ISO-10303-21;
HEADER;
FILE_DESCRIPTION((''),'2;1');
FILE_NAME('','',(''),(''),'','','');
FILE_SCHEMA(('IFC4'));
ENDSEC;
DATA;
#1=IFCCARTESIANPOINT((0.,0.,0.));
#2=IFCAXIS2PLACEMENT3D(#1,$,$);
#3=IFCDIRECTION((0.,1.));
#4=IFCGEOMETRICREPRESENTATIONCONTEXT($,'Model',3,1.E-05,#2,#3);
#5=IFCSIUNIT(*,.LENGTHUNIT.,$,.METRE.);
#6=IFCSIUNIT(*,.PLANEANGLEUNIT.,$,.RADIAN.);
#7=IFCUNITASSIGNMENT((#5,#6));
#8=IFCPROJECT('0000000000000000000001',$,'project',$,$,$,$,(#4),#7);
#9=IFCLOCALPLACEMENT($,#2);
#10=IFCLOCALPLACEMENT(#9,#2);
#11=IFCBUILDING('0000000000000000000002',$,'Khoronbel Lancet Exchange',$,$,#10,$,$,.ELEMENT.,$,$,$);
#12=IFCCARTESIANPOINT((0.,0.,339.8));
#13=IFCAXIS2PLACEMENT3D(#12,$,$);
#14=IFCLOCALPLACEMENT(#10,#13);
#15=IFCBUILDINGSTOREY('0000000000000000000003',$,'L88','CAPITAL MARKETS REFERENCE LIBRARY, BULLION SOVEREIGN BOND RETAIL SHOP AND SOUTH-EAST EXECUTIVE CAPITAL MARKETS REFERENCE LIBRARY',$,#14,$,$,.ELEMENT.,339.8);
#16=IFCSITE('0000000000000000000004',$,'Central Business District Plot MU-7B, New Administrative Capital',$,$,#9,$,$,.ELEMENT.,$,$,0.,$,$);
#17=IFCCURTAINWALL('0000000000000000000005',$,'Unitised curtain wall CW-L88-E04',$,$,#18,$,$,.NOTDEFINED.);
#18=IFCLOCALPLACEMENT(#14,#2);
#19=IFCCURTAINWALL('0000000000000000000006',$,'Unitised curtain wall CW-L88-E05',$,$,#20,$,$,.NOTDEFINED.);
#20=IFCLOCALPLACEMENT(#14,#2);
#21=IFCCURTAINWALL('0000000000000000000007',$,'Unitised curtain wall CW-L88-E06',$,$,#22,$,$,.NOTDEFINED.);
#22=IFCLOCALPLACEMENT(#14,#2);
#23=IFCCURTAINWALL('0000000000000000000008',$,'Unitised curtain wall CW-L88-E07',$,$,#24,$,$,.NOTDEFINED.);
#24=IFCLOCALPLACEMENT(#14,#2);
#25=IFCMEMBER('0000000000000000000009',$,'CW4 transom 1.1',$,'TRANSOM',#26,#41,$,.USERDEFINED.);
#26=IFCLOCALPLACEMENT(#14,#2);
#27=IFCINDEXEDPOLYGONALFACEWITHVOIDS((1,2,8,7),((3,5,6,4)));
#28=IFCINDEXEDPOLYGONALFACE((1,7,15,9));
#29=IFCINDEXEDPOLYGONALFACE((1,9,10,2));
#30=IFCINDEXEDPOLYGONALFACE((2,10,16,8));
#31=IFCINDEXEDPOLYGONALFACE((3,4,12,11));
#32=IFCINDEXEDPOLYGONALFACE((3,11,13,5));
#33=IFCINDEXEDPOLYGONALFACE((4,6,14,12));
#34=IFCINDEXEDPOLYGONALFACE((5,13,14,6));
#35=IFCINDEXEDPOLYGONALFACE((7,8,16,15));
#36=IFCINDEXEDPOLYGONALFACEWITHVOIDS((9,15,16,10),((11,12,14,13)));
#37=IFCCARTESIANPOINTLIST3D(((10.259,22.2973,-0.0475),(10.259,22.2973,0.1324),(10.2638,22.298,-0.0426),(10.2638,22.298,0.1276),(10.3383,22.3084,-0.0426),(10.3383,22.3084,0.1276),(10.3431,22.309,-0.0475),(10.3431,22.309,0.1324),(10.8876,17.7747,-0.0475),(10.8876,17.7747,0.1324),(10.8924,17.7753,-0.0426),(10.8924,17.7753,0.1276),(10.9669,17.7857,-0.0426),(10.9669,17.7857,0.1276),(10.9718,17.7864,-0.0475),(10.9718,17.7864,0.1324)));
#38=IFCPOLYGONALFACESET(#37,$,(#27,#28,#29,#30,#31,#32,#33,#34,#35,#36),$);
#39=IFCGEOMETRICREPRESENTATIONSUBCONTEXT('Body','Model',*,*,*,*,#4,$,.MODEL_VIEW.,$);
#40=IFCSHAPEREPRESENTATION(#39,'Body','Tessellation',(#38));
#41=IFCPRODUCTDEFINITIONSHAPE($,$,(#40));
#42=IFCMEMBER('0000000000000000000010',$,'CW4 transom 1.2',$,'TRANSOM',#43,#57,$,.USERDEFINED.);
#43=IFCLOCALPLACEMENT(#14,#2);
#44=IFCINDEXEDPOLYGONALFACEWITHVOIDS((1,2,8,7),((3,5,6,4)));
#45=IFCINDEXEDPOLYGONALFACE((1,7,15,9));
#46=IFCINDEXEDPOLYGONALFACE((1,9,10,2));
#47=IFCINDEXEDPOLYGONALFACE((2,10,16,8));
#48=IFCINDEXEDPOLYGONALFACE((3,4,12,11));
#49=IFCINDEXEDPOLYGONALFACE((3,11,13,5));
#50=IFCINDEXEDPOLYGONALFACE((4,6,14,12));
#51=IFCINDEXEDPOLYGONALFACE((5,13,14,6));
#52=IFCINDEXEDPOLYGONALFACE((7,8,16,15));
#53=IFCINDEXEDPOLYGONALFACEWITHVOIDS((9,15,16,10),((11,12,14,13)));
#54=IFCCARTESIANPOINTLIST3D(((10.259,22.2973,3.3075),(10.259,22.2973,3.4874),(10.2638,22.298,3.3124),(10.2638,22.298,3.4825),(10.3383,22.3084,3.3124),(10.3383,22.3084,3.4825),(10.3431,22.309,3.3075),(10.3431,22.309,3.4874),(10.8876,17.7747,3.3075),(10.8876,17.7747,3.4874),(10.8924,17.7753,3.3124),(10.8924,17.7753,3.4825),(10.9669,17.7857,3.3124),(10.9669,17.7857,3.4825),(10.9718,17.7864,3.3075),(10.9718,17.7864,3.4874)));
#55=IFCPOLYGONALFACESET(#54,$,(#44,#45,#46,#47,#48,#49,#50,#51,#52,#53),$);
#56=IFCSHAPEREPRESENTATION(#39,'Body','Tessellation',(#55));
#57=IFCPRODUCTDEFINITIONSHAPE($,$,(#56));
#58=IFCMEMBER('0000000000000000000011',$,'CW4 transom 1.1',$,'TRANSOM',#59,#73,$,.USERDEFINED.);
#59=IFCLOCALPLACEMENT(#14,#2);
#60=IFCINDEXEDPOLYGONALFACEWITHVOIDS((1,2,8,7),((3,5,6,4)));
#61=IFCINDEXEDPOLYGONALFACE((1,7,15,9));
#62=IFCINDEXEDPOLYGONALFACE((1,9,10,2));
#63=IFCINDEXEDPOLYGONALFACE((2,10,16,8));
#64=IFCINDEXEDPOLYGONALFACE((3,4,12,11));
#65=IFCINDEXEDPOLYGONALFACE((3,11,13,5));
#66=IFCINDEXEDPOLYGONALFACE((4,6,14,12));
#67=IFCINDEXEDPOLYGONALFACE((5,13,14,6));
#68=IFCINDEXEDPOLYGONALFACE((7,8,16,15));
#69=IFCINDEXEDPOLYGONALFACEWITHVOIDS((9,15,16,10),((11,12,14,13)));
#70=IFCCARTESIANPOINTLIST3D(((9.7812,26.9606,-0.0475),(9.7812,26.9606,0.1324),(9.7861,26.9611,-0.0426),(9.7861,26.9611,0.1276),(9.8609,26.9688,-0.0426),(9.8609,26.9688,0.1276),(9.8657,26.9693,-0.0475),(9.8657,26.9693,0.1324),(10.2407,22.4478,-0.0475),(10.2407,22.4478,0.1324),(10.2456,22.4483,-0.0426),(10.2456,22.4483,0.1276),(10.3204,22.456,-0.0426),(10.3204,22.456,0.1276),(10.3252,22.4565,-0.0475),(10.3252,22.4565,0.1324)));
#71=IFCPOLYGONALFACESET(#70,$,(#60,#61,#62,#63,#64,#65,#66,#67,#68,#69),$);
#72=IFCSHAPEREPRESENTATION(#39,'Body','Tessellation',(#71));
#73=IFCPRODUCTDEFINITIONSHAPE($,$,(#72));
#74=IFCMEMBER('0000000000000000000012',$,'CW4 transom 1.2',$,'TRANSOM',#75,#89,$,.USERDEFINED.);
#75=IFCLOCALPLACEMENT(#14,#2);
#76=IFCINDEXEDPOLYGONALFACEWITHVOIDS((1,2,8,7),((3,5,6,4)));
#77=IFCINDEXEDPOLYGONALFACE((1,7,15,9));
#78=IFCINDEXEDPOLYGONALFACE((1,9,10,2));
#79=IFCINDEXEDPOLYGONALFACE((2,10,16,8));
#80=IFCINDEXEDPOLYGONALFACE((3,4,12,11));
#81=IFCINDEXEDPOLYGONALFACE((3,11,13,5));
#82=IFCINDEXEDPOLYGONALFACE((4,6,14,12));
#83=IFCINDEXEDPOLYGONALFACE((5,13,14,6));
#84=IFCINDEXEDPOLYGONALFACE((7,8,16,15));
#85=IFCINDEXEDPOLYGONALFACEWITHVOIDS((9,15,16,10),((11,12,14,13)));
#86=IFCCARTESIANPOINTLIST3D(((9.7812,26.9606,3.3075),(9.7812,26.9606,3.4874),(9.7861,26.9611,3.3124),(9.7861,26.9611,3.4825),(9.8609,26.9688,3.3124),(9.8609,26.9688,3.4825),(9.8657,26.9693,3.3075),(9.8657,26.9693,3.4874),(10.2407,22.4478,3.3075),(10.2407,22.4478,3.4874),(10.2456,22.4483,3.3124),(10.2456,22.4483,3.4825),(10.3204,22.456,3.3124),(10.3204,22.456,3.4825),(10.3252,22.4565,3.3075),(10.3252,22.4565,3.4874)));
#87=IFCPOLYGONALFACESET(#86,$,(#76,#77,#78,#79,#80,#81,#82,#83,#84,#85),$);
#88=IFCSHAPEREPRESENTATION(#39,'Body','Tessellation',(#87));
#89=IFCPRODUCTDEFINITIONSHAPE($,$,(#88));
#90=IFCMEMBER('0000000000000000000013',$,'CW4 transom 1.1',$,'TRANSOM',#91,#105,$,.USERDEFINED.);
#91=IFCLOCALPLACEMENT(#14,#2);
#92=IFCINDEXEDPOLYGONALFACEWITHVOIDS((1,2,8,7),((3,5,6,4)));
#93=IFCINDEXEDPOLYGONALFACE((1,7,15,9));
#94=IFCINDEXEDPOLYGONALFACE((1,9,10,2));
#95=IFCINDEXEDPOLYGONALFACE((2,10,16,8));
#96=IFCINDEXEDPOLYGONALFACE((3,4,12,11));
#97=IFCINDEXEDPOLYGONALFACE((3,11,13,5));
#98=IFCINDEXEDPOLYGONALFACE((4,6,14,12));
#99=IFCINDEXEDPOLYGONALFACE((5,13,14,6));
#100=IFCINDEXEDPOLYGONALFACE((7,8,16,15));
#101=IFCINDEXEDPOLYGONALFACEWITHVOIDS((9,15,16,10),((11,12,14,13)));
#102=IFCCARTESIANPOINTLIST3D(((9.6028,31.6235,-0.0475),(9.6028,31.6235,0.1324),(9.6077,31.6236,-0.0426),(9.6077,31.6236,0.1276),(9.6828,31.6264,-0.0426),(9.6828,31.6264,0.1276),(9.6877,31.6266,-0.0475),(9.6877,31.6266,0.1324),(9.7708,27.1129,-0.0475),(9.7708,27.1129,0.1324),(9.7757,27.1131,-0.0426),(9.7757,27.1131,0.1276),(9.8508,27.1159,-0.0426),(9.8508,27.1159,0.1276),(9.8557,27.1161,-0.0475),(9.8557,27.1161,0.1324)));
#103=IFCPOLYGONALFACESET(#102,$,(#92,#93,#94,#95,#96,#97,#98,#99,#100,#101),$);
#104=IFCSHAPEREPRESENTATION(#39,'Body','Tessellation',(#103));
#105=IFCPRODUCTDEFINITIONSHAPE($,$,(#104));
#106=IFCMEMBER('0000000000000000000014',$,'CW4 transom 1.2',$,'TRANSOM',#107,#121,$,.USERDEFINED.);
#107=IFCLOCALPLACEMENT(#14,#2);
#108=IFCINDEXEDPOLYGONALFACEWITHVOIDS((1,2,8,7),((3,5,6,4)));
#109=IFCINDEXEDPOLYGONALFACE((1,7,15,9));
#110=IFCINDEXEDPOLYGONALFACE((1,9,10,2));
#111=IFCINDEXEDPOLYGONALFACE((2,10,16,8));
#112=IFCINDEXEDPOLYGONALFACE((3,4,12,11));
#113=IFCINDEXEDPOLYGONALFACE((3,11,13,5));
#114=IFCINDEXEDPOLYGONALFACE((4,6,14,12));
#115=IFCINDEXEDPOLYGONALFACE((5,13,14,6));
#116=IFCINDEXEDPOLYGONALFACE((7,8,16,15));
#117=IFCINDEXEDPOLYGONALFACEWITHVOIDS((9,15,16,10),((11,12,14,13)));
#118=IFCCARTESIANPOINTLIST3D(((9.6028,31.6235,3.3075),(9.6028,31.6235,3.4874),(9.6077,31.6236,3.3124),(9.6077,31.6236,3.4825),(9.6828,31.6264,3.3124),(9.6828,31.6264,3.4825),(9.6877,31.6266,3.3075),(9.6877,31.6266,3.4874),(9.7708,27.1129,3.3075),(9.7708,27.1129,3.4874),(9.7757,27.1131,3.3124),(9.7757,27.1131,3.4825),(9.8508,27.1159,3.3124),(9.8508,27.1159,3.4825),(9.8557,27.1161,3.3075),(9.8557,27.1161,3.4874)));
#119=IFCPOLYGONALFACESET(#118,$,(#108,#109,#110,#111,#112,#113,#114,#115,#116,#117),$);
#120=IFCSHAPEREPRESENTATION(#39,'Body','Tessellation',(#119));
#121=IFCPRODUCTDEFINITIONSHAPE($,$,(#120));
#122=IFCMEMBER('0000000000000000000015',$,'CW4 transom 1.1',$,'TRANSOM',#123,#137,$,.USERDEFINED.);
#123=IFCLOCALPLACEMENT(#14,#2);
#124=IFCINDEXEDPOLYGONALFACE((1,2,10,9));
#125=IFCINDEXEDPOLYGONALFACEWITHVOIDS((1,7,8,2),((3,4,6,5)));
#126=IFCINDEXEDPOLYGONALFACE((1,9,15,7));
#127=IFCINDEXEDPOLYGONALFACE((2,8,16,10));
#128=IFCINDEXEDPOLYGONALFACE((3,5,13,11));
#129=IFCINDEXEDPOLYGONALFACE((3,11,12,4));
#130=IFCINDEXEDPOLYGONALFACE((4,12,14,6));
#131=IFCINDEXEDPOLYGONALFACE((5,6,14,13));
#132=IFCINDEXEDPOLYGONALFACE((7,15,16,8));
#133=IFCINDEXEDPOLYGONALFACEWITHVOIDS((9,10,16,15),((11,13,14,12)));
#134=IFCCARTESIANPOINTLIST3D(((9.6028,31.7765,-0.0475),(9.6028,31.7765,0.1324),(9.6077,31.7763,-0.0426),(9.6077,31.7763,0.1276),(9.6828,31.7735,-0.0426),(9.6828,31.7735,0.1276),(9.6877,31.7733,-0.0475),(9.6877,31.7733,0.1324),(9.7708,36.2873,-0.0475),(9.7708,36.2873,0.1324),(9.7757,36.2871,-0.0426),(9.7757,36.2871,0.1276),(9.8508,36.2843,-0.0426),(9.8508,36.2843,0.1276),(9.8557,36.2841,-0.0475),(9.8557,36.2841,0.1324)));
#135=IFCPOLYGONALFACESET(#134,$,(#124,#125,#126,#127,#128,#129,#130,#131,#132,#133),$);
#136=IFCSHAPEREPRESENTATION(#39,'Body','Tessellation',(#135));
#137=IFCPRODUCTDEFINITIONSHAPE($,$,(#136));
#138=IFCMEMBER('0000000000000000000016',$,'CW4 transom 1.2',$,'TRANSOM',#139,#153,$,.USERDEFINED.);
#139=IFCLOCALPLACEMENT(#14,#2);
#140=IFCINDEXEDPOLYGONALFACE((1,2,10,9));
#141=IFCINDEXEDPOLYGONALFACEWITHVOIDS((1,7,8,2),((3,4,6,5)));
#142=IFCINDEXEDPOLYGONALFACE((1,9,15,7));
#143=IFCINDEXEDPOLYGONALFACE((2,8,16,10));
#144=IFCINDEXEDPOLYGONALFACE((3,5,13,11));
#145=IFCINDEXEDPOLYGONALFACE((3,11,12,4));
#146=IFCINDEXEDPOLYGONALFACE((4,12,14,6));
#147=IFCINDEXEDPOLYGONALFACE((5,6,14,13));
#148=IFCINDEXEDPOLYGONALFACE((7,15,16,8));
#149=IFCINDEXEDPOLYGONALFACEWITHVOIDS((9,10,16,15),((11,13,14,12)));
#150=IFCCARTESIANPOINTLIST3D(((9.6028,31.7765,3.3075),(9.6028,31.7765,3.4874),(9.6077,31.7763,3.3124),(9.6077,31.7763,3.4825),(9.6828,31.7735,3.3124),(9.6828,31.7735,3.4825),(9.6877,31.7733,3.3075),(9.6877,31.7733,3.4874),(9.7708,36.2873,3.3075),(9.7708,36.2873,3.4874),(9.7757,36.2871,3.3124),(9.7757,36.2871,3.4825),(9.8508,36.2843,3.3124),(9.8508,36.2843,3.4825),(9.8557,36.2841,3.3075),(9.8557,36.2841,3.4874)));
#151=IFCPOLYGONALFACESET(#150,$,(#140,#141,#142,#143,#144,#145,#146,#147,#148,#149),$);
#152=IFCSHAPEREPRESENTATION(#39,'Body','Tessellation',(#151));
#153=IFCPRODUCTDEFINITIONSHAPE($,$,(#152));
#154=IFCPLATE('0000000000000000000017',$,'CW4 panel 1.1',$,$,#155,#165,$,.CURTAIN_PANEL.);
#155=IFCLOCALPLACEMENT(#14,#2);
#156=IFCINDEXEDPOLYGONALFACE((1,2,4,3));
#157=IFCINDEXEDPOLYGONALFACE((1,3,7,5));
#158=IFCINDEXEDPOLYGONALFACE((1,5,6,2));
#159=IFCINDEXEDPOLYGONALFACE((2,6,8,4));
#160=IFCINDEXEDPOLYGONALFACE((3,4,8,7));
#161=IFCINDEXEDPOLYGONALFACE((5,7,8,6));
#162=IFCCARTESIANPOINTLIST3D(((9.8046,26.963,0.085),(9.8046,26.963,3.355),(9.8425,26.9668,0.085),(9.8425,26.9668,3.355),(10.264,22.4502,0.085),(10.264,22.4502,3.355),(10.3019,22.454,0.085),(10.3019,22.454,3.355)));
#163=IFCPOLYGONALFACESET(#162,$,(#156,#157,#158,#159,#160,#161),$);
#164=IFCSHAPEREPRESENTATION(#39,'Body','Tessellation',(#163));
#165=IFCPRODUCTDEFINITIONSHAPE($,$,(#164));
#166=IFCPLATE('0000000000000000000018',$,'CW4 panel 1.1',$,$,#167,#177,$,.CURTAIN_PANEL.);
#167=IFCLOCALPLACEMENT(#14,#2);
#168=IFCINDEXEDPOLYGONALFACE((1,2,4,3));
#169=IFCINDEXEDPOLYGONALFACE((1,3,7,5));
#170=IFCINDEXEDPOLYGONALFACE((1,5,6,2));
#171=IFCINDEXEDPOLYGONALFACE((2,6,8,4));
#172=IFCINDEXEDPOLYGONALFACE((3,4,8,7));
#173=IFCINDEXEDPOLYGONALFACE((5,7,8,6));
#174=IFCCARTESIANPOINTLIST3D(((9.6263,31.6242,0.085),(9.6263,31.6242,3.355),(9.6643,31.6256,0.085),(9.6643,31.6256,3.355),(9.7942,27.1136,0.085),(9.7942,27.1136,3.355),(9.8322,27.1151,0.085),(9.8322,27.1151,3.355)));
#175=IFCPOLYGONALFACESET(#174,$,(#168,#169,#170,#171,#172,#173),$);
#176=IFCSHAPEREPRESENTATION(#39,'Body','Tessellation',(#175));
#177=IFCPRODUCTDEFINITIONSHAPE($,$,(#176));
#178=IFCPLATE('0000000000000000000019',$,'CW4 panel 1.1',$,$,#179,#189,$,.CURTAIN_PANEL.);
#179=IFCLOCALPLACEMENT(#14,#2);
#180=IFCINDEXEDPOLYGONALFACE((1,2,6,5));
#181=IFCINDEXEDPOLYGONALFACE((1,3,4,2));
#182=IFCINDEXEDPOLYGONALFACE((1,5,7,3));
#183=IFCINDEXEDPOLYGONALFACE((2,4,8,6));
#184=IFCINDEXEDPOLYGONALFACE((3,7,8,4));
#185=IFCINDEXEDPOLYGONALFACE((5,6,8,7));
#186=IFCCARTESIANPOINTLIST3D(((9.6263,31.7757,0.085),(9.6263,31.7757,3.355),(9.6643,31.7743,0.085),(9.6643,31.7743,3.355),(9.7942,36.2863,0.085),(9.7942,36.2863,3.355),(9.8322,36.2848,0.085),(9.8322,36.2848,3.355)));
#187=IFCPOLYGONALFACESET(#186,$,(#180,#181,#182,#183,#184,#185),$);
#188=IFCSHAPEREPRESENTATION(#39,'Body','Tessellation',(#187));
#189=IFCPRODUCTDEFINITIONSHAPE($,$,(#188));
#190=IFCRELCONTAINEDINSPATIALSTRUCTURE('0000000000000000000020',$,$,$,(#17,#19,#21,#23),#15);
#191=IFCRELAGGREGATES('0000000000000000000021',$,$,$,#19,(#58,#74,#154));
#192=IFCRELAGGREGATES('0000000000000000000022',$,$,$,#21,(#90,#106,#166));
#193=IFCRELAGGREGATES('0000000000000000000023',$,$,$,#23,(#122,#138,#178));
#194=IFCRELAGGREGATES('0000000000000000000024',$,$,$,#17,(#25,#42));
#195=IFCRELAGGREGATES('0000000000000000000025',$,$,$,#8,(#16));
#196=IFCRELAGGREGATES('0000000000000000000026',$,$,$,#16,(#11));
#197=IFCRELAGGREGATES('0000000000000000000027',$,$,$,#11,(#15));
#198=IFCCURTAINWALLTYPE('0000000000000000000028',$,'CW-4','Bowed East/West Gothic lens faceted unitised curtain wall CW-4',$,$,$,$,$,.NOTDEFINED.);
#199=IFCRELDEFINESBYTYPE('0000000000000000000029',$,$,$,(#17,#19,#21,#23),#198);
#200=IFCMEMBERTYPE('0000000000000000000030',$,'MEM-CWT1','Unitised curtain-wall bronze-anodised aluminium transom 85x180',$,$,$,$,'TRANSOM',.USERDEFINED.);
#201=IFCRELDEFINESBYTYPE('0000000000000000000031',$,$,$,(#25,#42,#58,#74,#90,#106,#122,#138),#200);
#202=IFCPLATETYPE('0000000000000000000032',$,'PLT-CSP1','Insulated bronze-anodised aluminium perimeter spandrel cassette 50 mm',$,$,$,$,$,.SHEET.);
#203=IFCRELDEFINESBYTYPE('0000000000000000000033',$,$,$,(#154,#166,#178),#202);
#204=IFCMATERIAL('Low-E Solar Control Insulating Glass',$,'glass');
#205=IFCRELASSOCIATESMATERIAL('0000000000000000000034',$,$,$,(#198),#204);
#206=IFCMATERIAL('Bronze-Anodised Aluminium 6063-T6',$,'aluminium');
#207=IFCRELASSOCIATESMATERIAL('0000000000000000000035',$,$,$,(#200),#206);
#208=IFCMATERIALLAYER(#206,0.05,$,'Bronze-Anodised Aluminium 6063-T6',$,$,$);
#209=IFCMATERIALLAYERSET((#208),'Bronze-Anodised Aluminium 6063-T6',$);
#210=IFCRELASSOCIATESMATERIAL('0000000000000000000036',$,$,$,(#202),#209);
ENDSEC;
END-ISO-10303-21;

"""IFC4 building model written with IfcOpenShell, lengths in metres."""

from ifc_helpers import new_model, si_unit, direction, frame, origin, origin_2d, place, context, subcontext, project, spatial, rectangle, hollow_rectangle, extrude, material, layer, layer_set, material_profile, profile_set, type_object, element, aggregate, save


model = new_model("IFC4")

# Units and contexts
model_context = context("Model", 3, precision=1e-05, world=origin(), true_north=direction((0.0, 1.0)))
body_context = subcontext(model_context, "Body", "Model", "MODEL_VIEW")
ifc_project = project(units=[si_unit("LENGTHUNIT", "METRE"), si_unit("PLANEANGLEUNIT", "RADIAN")], contexts=[model_context])

# Site, building, storey
site_placement = place(None, origin())
site = spatial("IfcSite", under=ifc_project, at=site_placement, Name="Central Business District Plot MU-7B, New Administrative Capital", CompositionType="ELEMENT", RefElevation=0.0)
building_placement = place(site_placement, origin())
building = spatial("IfcBuilding", under=site, at=building_placement, Name="Khoronbel Lancet Exchange", CompositionType="ELEMENT")
storey_placement = place(building_placement, frame((0.0, 0.0, 339.8)))
storey = spatial("IfcBuildingStorey", under=building, at=storey_placement, Name="L88", Description="CAPITAL MARKETS REFERENCE LIBRARY, BULLION SOVEREIGN BOND RETAIL SHOP AND SOUTH-EAST EXECUTIVE CAPITAL MARKETS REFERENCE LIBRARY", CompositionType="ELEMENT", Elevation=339.8)

# Curtain walls
ifc_material_1 = material(Name="Low-E Solar Control Insulating Glass", Category="glass")
curtain_wall_type = type_object("IfcCurtainWallType", Name="CW-4", Description="Bowed East/West Gothic lens faceted unitised curtain wall CW-4", PredefinedType="NOTDEFINED", material=ifc_material_1)
curtain_wall_1_placement = place(storey_placement, origin())
curtain_wall_1 = element("IfcCurtainWall", 1, at=curtain_wall_1_placement, inside=storey, type_object=curtain_wall_type, Name="Unitised curtain wall CW-L88-E04", PredefinedType="NOTDEFINED")
ifc_material_2 = material(Name="Bronze-Anodised Aluminium 6063-T6", Category="aluminium")
curtain_wall_2_placement = place(storey_placement, origin())
curtain_wall_2 = element("IfcCurtainWall", 2, at=curtain_wall_2_placement, inside=storey, type_object=curtain_wall_type, Name="Unitised curtain wall CW-L88-E05", PredefinedType="NOTDEFINED")
curtain_wall_3_placement = place(storey_placement, origin())
curtain_wall_3 = element("IfcCurtainWall", 3, at=curtain_wall_3_placement, inside=storey, type_object=curtain_wall_type, Name="Unitised curtain wall CW-L88-E06", PredefinedType="NOTDEFINED")

# Curtain wall
curtain_wall_4_placement = place(storey_placement, origin())
curtain_wall_4 = element("IfcCurtainWall", 4, at=curtain_wall_4_placement, inside=storey, type_object=curtain_wall_type, Name="Unitised curtain wall CW-L88-E07", PredefinedType="NOTDEFINED")

# Members
ifc_material_profile_1 = material_profile(ifc_material_2, hollow_rectangle(XDim=0.085, YDim=0.1799, WallThickness=0.0049, at=origin_2d()), Name="ALU TRANSOM 85x180")
ifc_profile_set_1 = profile_set([ifc_material_profile_1], Name="Bronze-Anodised Aluminium 6063-T6")
member_type_1 = type_object("IfcMemberType", Name="MEM-CWT1", Description="Unitised curtain-wall bronze-anodised aluminium transom 85x180", ElementType="TRANSOM", PredefinedType="USERDEFINED", material=ifc_profile_set_1)
member_1_placement = place(storey_placement, frame((10.9297, 17.7805, 0.0425), z_axis=(-0.137678, 0.990477, 0.0), x_axis=(-0.990477, -0.137678, 0.0)))
member_1 = element("IfcMember", 5, at=member_1_placement, type_object=member_type_1, Name="CW4 transom 1.1", ObjectType="TRANSOM", PredefinedType="USERDEFINED", context=body_context, shape_type="SweptSolid", body=[
    extrude(hollow_rectangle(XDim=0.085, YDim=0.1799, WallThickness=0.0049, at=origin_2d()), origin(), (0.0, 0.0, 1.0), 4.5662),
])
member_2_placement = place(storey_placement, frame((10.9297, 17.7805, 3.3975), z_axis=(-0.137678, 0.990477, 0.0), x_axis=(-0.990477, -0.137678, 0.0)))
member_2 = element("IfcMember", 6, at=member_2_placement, type_object=member_type_1, Name="CW4 transom 1.2", ObjectType="TRANSOM", PredefinedType="USERDEFINED", context=body_context, shape_type="SweptSolid", body=[
    extrude(hollow_rectangle(XDim=0.085, YDim=0.1799, WallThickness=0.0049, at=origin_2d()), origin(), (0.0, 0.0, 1.0), 4.5662),
])
member_3_placement = place(storey_placement, frame((10.283, 22.4521, 0.0425), z_axis=(-0.101294, 0.994857, 0.0), x_axis=(-0.994857, -0.101294, 0.0)))
member_3 = element("IfcMember", 7, at=member_3_placement, type_object=member_type_1, Name="CW4 transom 1.1", ObjectType="TRANSOM", PredefinedType="USERDEFINED", context=body_context, shape_type="SweptSolid", body=[
    extrude(hollow_rectangle(XDim=0.085, YDim=0.1799, WallThickness=0.0049, at=origin_2d()), origin(), (0.0, 0.0, 1.0), 4.5361),
])
member_4_placement = place(storey_placement, frame((10.283, 22.4521, 3.3975), z_axis=(-0.101294, 0.994857, 0.0), x_axis=(-0.994857, -0.101294, 0.0)))
member_4 = element("IfcMember", 8, at=member_4_placement, type_object=member_type_1, Name="CW4 transom 1.2", ObjectType="TRANSOM", PredefinedType="USERDEFINED", context=body_context, shape_type="SweptSolid", body=[
    extrude(hollow_rectangle(XDim=0.085, YDim=0.1799, WallThickness=0.0049, at=origin_2d()), origin(), (0.0, 0.0, 1.0), 4.5361),
])
member_5_placement = place(storey_placement, frame((9.8132, 27.1145, 0.0425), z_axis=(-0.037214, 0.999307, 0.0), x_axis=(-0.999307, -0.037214, 0.0)))
member_5 = element("IfcMember", 9, at=member_5_placement, type_object=member_type_1, Name="CW4 transom 1.1", ObjectType="TRANSOM", PredefinedType="USERDEFINED", context=body_context, shape_type="SweptSolid", body=[
    extrude(hollow_rectangle(XDim=0.085, YDim=0.1799, WallThickness=0.0049, at=origin_2d()), origin(), (0.0, 0.0, 1.0), 4.5137),
])
member_6_placement = place(storey_placement, frame((9.8132, 27.1145, 3.3975), z_axis=(-0.037214, 0.999307, 0.0), x_axis=(-0.999307, -0.037214, 0.0)))
member_6 = element("IfcMember", 10, at=member_6_placement, type_object=member_type_1, Name="CW4 transom 1.2", ObjectType="TRANSOM", PredefinedType="USERDEFINED", context=body_context, shape_type="SweptSolid", body=[
    extrude(hollow_rectangle(XDim=0.085, YDim=0.1799, WallThickness=0.0049, at=origin_2d()), origin(), (0.0, 0.0, 1.0), 4.5137),
])
member_7_placement = place(storey_placement, frame((9.6453, 31.7749, 0.0425), z_axis=(0.037212, 0.999307, 0.0), x_axis=(-0.999307, 0.037212, 0.0)))
member_7 = element("IfcMember", 11, at=member_7_placement, type_object=member_type_1, Name="CW4 transom 1.1", ObjectType="TRANSOM", PredefinedType="USERDEFINED", context=body_context, shape_type="SweptSolid", body=[
    extrude(hollow_rectangle(XDim=0.085, YDim=0.1799, WallThickness=0.0049, at=origin_2d()), origin(), (0.0, 0.0, 1.0), 4.5139),
])
member_8_placement = place(storey_placement, frame((9.6453, 31.7749, 3.3975), z_axis=(0.037212, 0.999307, 0.0), x_axis=(-0.999307, 0.037212, 0.0)))
member_8 = element("IfcMember", 12, at=member_8_placement, type_object=member_type_1, Name="CW4 transom 1.2", ObjectType="TRANSOM", PredefinedType="USERDEFINED", context=body_context, shape_type="SweptSolid", body=[
    extrude(hollow_rectangle(XDim=0.085, YDim=0.1799, WallThickness=0.0049, at=origin_2d()), origin(), (0.0, 0.0, 1.0), 4.5139),
])

# Plates
ifc_layer_1 = layer(ifc_material_2, 0.05, Name="Bronze-Anodised Aluminium 6063-T6")
ifc_layer_set_1 = layer_set([ifc_layer_1], Name="Bronze-Anodised Aluminium 6063-T6")
plate_type_1 = type_object("IfcPlateType", Name="PLT-CSP1", Description="Insulated bronze-anodised aluminium perimeter spandrel cassette 50 mm", PredefinedType="SHEET", material=ifc_layer_set_1)
plate_1_placement = place(storey_placement, frame((10.0532, 24.7085, 0.085), z_axis=(0.0, 0.0, 1.0), x_axis=(-0.101278, 0.994858, 0.0)))
plate_1 = element("IfcPlate", 13, at=plate_1_placement, type_object=plate_type_1, Name="CW4 panel 1.1", PredefinedType="CURTAIN_PANEL", context=body_context, shape_type="SweptSolid", body=[
    extrude(rectangle(XDim=4.5361, YDim=0.0381, at=origin_2d()), origin(), (0.0, 0.0, 1.0), 3.27),
])
aggregate(curtain_wall_2, [member_3, member_4, plate_1])
plate_2_placement = place(storey_placement, frame((9.7292, 29.3696, 0.085), z_axis=(0.0, 0.0, 1.0), x_axis=(-0.037202, 0.999308, 0.0)))
plate_2 = element("IfcPlate", 14, at=plate_2_placement, type_object=plate_type_1, Name="CW4 panel 1.1", PredefinedType="CURTAIN_PANEL", context=body_context, shape_type="SweptSolid", body=[
    extrude(rectangle(XDim=4.5137, YDim=0.0381, at=origin_2d()), origin(), (0.0, 0.0, 1.0), 3.27),
])
aggregate(curtain_wall_3, [member_5, member_6, plate_2])
plate_3_placement = place(storey_placement, frame((9.7292, 34.0303, 0.085), z_axis=(0.0, 0.0, 1.0), x_axis=(0.037202, 0.999308, 0.0)))
plate_3 = element("IfcPlate", 15, at=plate_3_placement, type_object=plate_type_1, Name="CW4 panel 1.1", PredefinedType="CURTAIN_PANEL", context=body_context, shape_type="SweptSolid", body=[
    extrude(rectangle(XDim=4.5137, YDim=0.0381, at=origin_2d()), origin(), (0.0, 0.0, 1.0), 3.27),
])
aggregate(curtain_wall_4, [member_7, member_8, plate_3])
aggregate(curtain_wall_1, [member_1, member_2])

save(model, "model.ifc")
